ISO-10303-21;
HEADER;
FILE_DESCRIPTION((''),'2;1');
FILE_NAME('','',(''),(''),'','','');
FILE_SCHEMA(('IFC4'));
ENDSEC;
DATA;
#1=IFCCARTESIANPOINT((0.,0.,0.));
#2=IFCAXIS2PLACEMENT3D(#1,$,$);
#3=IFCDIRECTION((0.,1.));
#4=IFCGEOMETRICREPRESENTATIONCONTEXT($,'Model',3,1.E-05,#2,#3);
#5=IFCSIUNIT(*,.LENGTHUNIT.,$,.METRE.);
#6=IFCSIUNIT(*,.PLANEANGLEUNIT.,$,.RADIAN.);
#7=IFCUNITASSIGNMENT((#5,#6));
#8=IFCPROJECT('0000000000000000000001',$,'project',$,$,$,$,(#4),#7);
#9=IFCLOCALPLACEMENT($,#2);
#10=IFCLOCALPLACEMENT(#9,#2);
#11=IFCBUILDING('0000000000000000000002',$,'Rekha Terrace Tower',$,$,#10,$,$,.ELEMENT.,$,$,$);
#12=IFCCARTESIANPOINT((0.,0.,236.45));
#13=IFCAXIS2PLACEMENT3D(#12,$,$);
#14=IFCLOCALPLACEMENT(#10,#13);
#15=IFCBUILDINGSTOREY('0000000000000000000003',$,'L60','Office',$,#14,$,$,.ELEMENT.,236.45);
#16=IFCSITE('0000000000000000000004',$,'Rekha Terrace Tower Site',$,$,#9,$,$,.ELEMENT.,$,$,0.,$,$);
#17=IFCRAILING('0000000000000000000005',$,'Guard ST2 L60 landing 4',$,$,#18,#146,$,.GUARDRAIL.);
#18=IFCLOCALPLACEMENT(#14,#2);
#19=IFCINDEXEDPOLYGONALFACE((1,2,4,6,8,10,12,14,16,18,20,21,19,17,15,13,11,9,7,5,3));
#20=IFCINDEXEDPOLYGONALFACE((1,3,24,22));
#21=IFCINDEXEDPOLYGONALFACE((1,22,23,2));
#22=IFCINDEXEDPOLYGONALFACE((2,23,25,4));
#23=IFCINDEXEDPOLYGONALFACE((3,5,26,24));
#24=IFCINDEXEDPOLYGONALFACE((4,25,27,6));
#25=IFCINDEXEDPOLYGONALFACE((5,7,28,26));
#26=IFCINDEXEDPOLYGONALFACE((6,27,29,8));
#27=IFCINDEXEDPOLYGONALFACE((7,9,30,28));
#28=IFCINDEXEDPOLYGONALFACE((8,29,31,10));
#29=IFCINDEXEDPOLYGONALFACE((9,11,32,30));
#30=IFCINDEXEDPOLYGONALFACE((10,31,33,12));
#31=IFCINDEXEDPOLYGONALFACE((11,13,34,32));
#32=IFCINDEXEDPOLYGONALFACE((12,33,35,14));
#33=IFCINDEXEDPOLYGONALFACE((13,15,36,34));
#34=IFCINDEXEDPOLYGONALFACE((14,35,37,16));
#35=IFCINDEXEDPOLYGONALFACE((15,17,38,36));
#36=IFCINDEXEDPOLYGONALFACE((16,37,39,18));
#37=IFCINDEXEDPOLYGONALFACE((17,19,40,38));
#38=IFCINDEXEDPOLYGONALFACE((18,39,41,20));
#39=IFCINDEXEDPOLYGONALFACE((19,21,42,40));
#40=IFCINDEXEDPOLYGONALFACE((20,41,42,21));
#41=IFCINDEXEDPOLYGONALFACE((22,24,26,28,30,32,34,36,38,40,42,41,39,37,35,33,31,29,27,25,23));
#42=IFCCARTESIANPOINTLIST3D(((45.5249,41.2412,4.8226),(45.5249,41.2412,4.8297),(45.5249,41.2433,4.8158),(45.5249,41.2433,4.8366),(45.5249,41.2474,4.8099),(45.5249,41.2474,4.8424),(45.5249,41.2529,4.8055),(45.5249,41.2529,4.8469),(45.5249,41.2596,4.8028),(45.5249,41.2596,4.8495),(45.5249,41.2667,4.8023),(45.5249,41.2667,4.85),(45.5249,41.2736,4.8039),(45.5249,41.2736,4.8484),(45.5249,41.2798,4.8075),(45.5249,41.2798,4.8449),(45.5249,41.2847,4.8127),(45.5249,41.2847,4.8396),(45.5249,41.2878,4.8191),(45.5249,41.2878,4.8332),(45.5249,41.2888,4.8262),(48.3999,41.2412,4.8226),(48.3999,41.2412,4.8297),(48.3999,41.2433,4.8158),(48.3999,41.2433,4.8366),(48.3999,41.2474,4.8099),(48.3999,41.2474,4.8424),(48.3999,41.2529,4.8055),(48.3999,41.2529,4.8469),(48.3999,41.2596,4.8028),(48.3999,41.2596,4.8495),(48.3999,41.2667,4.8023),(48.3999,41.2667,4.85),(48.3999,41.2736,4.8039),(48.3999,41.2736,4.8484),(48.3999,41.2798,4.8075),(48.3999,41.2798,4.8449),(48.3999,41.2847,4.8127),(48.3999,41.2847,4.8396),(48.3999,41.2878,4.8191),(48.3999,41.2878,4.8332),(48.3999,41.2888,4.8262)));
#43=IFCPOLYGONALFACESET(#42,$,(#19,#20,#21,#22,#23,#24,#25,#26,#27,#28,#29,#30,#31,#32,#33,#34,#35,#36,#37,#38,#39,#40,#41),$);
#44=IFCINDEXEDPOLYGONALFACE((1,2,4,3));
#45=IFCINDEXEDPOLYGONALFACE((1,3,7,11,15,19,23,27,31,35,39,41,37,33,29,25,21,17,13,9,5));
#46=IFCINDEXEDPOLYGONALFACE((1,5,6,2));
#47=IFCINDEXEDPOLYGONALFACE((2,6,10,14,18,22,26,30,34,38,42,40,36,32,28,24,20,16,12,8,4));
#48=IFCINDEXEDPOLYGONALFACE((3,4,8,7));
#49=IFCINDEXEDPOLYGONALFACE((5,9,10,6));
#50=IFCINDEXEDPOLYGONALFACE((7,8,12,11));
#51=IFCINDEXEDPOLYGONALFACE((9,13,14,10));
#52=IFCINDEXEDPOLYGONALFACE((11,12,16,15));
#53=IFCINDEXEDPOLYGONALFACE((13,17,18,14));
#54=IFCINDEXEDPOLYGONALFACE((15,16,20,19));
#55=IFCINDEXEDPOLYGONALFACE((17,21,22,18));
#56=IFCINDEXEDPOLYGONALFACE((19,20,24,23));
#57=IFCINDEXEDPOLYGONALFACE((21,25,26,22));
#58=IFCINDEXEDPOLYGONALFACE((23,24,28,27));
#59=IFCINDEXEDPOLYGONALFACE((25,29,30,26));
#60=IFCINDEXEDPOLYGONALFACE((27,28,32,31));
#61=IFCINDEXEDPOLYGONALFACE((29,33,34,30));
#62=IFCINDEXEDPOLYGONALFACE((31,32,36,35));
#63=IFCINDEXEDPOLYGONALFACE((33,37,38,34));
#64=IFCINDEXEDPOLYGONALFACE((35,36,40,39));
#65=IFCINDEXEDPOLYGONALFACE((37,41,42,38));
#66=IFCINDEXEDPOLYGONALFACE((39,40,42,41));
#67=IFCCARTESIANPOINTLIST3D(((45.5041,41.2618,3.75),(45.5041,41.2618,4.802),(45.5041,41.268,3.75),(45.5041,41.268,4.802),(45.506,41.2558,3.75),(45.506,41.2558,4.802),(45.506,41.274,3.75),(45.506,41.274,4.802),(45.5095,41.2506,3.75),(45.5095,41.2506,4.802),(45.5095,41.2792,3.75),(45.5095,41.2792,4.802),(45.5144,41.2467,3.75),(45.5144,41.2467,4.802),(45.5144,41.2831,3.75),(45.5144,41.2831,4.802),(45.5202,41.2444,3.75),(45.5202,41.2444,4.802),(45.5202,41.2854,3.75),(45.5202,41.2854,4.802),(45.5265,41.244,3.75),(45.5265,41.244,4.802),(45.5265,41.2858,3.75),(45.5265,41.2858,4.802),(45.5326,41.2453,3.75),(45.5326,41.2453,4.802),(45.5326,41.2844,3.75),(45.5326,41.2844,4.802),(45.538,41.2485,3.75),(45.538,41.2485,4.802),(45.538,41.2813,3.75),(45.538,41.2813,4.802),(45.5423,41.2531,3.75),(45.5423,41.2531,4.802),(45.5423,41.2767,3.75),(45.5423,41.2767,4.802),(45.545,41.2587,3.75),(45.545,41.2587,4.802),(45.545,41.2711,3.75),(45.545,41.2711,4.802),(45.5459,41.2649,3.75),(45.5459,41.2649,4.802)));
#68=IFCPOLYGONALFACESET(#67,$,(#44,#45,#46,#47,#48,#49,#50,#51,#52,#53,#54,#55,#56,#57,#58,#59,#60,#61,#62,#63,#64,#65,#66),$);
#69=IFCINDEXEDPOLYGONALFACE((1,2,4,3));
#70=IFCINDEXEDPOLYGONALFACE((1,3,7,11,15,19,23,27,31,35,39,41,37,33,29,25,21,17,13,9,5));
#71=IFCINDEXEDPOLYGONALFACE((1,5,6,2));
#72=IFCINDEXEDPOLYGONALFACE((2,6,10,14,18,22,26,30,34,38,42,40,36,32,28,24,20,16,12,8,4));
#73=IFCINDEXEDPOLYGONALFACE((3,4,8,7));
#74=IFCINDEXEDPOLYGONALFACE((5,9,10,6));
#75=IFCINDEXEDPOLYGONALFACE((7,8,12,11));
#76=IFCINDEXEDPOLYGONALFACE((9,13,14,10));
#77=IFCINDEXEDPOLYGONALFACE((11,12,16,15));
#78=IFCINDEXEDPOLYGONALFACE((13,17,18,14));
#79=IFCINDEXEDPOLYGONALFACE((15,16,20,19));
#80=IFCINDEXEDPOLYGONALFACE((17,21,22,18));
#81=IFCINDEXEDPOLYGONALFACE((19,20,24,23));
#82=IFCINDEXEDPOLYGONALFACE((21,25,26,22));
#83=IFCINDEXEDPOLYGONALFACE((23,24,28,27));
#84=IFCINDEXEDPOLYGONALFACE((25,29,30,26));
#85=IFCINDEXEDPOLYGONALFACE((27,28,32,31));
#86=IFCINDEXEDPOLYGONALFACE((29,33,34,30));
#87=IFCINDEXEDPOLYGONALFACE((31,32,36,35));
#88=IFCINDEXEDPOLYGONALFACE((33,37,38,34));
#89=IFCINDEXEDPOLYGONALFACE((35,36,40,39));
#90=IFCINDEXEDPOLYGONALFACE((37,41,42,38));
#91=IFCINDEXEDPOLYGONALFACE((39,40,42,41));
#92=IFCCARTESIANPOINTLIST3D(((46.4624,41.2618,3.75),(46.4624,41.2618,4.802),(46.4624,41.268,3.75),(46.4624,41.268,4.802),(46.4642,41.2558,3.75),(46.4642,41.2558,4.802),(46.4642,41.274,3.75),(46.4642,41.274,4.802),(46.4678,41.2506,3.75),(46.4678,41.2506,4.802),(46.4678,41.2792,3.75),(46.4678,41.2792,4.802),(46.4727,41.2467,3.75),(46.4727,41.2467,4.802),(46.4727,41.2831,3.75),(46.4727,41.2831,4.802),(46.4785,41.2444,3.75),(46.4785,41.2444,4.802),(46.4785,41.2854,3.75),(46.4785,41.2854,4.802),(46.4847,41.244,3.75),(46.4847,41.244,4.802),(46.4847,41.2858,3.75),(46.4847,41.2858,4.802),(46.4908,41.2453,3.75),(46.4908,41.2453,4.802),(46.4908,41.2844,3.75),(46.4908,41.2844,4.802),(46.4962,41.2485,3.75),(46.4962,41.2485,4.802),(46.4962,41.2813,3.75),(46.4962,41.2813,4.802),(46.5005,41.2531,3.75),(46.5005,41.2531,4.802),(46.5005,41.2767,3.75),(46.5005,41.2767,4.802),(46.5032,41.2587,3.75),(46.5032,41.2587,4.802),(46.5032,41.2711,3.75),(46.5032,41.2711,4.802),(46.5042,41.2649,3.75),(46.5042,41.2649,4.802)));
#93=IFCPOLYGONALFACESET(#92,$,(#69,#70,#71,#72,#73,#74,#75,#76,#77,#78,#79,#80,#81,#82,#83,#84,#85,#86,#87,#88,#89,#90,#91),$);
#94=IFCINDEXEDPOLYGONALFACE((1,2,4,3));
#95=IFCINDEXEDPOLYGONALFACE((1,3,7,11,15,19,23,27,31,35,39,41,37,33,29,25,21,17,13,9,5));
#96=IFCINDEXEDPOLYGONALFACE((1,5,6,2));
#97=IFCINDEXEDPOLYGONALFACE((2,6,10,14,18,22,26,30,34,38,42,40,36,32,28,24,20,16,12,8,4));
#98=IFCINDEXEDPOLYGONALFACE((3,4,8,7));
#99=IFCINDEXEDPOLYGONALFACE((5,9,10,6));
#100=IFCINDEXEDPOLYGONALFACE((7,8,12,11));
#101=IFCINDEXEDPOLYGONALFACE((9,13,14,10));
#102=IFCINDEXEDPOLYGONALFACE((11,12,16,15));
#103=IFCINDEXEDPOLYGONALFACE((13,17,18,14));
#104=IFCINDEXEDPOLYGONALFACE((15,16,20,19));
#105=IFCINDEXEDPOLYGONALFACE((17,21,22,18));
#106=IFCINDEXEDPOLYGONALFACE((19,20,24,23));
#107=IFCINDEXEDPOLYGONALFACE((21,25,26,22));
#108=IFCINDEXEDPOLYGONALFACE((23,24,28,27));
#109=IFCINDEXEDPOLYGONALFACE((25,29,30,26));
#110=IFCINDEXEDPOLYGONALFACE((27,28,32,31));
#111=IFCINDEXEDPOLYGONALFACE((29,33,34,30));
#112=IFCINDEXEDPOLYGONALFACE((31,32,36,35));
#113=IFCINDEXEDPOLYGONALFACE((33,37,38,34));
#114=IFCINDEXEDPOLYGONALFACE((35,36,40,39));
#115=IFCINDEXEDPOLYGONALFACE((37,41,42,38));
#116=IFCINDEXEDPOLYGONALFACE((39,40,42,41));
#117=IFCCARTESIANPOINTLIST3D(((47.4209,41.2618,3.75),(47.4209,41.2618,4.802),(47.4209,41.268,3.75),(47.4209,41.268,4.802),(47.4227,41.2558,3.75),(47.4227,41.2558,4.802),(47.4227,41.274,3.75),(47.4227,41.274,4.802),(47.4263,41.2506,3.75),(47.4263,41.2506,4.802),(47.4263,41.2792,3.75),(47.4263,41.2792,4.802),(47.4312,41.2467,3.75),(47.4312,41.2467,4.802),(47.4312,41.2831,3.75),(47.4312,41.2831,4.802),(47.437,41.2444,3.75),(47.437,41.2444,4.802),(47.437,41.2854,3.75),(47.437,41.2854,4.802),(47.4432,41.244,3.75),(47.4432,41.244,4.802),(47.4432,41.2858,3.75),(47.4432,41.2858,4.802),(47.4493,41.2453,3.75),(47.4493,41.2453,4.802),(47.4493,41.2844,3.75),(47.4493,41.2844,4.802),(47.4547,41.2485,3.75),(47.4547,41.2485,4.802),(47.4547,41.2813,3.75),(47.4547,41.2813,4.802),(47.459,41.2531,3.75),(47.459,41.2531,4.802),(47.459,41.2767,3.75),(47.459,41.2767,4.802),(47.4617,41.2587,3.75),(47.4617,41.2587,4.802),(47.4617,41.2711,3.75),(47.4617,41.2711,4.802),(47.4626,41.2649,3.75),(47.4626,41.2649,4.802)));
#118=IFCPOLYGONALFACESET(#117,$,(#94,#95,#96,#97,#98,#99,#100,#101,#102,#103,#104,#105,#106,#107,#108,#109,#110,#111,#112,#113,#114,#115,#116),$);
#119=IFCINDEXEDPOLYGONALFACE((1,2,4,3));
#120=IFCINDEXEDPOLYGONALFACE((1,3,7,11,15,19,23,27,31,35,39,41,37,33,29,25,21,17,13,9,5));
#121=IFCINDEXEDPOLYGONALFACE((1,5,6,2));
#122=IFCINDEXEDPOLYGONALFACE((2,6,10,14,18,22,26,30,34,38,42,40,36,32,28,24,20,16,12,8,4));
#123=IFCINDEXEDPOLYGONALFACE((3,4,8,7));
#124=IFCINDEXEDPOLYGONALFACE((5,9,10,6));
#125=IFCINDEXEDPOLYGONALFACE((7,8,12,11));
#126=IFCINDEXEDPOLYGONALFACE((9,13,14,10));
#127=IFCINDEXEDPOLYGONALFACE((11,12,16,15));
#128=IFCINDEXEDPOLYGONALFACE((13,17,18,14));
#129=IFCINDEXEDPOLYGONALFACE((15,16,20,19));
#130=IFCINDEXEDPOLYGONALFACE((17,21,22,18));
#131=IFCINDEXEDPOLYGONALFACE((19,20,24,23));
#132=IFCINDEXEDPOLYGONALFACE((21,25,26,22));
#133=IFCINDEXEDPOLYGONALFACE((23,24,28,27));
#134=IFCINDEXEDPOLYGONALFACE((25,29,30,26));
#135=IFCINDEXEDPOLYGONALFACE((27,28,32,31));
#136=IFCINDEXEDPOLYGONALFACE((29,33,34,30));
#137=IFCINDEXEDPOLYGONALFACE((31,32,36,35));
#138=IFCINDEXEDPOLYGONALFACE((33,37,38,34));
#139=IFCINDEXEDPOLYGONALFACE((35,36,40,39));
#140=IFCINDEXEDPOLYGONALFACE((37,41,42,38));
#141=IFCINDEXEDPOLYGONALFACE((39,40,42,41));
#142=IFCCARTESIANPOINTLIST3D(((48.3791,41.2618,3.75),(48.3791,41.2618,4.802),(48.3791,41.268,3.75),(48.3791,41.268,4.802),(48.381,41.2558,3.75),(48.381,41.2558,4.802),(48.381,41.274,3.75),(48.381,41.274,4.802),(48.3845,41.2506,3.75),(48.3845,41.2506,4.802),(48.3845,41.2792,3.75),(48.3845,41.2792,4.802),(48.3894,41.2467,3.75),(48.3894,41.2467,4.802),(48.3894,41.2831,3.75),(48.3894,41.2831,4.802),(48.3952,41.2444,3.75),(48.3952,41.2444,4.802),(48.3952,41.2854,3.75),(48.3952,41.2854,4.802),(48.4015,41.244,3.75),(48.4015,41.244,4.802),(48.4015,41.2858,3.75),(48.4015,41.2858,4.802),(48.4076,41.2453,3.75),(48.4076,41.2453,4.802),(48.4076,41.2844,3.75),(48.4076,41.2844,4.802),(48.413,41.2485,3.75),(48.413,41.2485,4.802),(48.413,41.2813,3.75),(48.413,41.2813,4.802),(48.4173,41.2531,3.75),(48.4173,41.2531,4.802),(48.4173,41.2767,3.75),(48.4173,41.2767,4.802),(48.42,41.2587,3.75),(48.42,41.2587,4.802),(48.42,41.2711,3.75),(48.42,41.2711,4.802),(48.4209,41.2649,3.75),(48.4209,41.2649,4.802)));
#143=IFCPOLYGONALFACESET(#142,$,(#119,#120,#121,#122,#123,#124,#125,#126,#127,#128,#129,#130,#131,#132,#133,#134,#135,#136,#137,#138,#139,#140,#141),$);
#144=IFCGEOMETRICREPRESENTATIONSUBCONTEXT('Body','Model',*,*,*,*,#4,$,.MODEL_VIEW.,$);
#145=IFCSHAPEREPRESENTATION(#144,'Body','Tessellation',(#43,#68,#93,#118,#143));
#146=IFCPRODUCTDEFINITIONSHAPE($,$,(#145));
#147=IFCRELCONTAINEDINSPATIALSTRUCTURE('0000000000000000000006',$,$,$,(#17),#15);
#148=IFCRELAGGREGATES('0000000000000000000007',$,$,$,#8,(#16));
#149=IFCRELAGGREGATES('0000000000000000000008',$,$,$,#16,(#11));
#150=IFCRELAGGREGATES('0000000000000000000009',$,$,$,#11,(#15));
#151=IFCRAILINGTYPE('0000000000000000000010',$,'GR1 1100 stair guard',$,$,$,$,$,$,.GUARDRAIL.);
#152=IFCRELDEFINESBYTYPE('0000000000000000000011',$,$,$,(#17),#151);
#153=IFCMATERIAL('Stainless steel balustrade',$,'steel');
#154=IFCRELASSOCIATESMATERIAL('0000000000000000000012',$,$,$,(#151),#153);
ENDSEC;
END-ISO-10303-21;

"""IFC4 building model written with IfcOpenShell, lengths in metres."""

from ifc_helpers import new_model, si_unit, direction, frame, origin, origin_2d, place, context, subcontext, project, spatial, circle, extrude, material, type_object, element, save


model = new_model("IFC4")

# Units and contexts
model_context = context("Model", 3, precision=1e-05, world=origin(), true_north=direction((0.0, 1.0)))
body_context = subcontext(model_context, "Body", "Model", "MODEL_VIEW")
ifc_project = project(units=[si_unit("LENGTHUNIT", "METRE"), si_unit("PLANEANGLEUNIT", "RADIAN")], contexts=[model_context])

# Site, building, storey
site_placement = place(None, origin())
site = spatial("IfcSite", under=ifc_project, at=site_placement, Name="Rekha Terrace Tower Site", CompositionType="ELEMENT", RefElevation=0.0)
building_placement = place(site_placement, origin())
building = spatial("IfcBuilding", under=site, at=building_placement, Name="Rekha Terrace Tower", CompositionType="ELEMENT")
storey_placement = place(building_placement, frame((0.0, 0.0, 236.45)))
storey = spatial("IfcBuildingStorey", under=building, at=storey_placement, Name="L60", Description="Office", CompositionType="ELEMENT", Elevation=236.45)

# Railing
ifc_material_1 = material(Name="Stainless steel balustrade", Category="steel")
railing_type_1 = type_object("IfcRailingType", Name="GR1 1100 stair guard", PredefinedType="GUARDRAIL", material=ifc_material_1)
railing_1_placement = place(storey_placement, frame((45.5249, 41.2649, 3.75)))
element("IfcRailing", 1, at=railing_1_placement, inside=storey, type_object=railing_type_1, Name="Guard ST2 L60 landing 4", PredefinedType="GUARDRAIL", context=body_context, shape_type="SweptSolid", body=[
    extrude(circle(Radius=0.0239, at=origin_2d()), frame((0.0, 0.0, 1.0762), z_axis=(1.0, 0.0, 0.0), x_axis=(0.0, 1.0, 0.0)), (0.0, 0.0, 1.0), 2.875),
    extrude(circle(Radius=0.021, at=origin_2d()), origin(), (0.0, 0.0, 1.0), 1.052),
    extrude(circle(Radius=0.021, at=origin_2d()), frame((0.9583, 0.0, 0.0)), (0.0, 0.0, 1.0), 1.052),
    extrude(circle(Radius=0.021, at=origin_2d()), frame((1.9167, 0.0, 0.0)), (0.0, 0.0, 1.0), 1.052),
    extrude(circle(Radius=0.021, at=origin_2d()), frame((2.875, 0.0, 0.0)), (0.0, 0.0, 1.0), 1.052),
])

save(model, "model.ifc")
